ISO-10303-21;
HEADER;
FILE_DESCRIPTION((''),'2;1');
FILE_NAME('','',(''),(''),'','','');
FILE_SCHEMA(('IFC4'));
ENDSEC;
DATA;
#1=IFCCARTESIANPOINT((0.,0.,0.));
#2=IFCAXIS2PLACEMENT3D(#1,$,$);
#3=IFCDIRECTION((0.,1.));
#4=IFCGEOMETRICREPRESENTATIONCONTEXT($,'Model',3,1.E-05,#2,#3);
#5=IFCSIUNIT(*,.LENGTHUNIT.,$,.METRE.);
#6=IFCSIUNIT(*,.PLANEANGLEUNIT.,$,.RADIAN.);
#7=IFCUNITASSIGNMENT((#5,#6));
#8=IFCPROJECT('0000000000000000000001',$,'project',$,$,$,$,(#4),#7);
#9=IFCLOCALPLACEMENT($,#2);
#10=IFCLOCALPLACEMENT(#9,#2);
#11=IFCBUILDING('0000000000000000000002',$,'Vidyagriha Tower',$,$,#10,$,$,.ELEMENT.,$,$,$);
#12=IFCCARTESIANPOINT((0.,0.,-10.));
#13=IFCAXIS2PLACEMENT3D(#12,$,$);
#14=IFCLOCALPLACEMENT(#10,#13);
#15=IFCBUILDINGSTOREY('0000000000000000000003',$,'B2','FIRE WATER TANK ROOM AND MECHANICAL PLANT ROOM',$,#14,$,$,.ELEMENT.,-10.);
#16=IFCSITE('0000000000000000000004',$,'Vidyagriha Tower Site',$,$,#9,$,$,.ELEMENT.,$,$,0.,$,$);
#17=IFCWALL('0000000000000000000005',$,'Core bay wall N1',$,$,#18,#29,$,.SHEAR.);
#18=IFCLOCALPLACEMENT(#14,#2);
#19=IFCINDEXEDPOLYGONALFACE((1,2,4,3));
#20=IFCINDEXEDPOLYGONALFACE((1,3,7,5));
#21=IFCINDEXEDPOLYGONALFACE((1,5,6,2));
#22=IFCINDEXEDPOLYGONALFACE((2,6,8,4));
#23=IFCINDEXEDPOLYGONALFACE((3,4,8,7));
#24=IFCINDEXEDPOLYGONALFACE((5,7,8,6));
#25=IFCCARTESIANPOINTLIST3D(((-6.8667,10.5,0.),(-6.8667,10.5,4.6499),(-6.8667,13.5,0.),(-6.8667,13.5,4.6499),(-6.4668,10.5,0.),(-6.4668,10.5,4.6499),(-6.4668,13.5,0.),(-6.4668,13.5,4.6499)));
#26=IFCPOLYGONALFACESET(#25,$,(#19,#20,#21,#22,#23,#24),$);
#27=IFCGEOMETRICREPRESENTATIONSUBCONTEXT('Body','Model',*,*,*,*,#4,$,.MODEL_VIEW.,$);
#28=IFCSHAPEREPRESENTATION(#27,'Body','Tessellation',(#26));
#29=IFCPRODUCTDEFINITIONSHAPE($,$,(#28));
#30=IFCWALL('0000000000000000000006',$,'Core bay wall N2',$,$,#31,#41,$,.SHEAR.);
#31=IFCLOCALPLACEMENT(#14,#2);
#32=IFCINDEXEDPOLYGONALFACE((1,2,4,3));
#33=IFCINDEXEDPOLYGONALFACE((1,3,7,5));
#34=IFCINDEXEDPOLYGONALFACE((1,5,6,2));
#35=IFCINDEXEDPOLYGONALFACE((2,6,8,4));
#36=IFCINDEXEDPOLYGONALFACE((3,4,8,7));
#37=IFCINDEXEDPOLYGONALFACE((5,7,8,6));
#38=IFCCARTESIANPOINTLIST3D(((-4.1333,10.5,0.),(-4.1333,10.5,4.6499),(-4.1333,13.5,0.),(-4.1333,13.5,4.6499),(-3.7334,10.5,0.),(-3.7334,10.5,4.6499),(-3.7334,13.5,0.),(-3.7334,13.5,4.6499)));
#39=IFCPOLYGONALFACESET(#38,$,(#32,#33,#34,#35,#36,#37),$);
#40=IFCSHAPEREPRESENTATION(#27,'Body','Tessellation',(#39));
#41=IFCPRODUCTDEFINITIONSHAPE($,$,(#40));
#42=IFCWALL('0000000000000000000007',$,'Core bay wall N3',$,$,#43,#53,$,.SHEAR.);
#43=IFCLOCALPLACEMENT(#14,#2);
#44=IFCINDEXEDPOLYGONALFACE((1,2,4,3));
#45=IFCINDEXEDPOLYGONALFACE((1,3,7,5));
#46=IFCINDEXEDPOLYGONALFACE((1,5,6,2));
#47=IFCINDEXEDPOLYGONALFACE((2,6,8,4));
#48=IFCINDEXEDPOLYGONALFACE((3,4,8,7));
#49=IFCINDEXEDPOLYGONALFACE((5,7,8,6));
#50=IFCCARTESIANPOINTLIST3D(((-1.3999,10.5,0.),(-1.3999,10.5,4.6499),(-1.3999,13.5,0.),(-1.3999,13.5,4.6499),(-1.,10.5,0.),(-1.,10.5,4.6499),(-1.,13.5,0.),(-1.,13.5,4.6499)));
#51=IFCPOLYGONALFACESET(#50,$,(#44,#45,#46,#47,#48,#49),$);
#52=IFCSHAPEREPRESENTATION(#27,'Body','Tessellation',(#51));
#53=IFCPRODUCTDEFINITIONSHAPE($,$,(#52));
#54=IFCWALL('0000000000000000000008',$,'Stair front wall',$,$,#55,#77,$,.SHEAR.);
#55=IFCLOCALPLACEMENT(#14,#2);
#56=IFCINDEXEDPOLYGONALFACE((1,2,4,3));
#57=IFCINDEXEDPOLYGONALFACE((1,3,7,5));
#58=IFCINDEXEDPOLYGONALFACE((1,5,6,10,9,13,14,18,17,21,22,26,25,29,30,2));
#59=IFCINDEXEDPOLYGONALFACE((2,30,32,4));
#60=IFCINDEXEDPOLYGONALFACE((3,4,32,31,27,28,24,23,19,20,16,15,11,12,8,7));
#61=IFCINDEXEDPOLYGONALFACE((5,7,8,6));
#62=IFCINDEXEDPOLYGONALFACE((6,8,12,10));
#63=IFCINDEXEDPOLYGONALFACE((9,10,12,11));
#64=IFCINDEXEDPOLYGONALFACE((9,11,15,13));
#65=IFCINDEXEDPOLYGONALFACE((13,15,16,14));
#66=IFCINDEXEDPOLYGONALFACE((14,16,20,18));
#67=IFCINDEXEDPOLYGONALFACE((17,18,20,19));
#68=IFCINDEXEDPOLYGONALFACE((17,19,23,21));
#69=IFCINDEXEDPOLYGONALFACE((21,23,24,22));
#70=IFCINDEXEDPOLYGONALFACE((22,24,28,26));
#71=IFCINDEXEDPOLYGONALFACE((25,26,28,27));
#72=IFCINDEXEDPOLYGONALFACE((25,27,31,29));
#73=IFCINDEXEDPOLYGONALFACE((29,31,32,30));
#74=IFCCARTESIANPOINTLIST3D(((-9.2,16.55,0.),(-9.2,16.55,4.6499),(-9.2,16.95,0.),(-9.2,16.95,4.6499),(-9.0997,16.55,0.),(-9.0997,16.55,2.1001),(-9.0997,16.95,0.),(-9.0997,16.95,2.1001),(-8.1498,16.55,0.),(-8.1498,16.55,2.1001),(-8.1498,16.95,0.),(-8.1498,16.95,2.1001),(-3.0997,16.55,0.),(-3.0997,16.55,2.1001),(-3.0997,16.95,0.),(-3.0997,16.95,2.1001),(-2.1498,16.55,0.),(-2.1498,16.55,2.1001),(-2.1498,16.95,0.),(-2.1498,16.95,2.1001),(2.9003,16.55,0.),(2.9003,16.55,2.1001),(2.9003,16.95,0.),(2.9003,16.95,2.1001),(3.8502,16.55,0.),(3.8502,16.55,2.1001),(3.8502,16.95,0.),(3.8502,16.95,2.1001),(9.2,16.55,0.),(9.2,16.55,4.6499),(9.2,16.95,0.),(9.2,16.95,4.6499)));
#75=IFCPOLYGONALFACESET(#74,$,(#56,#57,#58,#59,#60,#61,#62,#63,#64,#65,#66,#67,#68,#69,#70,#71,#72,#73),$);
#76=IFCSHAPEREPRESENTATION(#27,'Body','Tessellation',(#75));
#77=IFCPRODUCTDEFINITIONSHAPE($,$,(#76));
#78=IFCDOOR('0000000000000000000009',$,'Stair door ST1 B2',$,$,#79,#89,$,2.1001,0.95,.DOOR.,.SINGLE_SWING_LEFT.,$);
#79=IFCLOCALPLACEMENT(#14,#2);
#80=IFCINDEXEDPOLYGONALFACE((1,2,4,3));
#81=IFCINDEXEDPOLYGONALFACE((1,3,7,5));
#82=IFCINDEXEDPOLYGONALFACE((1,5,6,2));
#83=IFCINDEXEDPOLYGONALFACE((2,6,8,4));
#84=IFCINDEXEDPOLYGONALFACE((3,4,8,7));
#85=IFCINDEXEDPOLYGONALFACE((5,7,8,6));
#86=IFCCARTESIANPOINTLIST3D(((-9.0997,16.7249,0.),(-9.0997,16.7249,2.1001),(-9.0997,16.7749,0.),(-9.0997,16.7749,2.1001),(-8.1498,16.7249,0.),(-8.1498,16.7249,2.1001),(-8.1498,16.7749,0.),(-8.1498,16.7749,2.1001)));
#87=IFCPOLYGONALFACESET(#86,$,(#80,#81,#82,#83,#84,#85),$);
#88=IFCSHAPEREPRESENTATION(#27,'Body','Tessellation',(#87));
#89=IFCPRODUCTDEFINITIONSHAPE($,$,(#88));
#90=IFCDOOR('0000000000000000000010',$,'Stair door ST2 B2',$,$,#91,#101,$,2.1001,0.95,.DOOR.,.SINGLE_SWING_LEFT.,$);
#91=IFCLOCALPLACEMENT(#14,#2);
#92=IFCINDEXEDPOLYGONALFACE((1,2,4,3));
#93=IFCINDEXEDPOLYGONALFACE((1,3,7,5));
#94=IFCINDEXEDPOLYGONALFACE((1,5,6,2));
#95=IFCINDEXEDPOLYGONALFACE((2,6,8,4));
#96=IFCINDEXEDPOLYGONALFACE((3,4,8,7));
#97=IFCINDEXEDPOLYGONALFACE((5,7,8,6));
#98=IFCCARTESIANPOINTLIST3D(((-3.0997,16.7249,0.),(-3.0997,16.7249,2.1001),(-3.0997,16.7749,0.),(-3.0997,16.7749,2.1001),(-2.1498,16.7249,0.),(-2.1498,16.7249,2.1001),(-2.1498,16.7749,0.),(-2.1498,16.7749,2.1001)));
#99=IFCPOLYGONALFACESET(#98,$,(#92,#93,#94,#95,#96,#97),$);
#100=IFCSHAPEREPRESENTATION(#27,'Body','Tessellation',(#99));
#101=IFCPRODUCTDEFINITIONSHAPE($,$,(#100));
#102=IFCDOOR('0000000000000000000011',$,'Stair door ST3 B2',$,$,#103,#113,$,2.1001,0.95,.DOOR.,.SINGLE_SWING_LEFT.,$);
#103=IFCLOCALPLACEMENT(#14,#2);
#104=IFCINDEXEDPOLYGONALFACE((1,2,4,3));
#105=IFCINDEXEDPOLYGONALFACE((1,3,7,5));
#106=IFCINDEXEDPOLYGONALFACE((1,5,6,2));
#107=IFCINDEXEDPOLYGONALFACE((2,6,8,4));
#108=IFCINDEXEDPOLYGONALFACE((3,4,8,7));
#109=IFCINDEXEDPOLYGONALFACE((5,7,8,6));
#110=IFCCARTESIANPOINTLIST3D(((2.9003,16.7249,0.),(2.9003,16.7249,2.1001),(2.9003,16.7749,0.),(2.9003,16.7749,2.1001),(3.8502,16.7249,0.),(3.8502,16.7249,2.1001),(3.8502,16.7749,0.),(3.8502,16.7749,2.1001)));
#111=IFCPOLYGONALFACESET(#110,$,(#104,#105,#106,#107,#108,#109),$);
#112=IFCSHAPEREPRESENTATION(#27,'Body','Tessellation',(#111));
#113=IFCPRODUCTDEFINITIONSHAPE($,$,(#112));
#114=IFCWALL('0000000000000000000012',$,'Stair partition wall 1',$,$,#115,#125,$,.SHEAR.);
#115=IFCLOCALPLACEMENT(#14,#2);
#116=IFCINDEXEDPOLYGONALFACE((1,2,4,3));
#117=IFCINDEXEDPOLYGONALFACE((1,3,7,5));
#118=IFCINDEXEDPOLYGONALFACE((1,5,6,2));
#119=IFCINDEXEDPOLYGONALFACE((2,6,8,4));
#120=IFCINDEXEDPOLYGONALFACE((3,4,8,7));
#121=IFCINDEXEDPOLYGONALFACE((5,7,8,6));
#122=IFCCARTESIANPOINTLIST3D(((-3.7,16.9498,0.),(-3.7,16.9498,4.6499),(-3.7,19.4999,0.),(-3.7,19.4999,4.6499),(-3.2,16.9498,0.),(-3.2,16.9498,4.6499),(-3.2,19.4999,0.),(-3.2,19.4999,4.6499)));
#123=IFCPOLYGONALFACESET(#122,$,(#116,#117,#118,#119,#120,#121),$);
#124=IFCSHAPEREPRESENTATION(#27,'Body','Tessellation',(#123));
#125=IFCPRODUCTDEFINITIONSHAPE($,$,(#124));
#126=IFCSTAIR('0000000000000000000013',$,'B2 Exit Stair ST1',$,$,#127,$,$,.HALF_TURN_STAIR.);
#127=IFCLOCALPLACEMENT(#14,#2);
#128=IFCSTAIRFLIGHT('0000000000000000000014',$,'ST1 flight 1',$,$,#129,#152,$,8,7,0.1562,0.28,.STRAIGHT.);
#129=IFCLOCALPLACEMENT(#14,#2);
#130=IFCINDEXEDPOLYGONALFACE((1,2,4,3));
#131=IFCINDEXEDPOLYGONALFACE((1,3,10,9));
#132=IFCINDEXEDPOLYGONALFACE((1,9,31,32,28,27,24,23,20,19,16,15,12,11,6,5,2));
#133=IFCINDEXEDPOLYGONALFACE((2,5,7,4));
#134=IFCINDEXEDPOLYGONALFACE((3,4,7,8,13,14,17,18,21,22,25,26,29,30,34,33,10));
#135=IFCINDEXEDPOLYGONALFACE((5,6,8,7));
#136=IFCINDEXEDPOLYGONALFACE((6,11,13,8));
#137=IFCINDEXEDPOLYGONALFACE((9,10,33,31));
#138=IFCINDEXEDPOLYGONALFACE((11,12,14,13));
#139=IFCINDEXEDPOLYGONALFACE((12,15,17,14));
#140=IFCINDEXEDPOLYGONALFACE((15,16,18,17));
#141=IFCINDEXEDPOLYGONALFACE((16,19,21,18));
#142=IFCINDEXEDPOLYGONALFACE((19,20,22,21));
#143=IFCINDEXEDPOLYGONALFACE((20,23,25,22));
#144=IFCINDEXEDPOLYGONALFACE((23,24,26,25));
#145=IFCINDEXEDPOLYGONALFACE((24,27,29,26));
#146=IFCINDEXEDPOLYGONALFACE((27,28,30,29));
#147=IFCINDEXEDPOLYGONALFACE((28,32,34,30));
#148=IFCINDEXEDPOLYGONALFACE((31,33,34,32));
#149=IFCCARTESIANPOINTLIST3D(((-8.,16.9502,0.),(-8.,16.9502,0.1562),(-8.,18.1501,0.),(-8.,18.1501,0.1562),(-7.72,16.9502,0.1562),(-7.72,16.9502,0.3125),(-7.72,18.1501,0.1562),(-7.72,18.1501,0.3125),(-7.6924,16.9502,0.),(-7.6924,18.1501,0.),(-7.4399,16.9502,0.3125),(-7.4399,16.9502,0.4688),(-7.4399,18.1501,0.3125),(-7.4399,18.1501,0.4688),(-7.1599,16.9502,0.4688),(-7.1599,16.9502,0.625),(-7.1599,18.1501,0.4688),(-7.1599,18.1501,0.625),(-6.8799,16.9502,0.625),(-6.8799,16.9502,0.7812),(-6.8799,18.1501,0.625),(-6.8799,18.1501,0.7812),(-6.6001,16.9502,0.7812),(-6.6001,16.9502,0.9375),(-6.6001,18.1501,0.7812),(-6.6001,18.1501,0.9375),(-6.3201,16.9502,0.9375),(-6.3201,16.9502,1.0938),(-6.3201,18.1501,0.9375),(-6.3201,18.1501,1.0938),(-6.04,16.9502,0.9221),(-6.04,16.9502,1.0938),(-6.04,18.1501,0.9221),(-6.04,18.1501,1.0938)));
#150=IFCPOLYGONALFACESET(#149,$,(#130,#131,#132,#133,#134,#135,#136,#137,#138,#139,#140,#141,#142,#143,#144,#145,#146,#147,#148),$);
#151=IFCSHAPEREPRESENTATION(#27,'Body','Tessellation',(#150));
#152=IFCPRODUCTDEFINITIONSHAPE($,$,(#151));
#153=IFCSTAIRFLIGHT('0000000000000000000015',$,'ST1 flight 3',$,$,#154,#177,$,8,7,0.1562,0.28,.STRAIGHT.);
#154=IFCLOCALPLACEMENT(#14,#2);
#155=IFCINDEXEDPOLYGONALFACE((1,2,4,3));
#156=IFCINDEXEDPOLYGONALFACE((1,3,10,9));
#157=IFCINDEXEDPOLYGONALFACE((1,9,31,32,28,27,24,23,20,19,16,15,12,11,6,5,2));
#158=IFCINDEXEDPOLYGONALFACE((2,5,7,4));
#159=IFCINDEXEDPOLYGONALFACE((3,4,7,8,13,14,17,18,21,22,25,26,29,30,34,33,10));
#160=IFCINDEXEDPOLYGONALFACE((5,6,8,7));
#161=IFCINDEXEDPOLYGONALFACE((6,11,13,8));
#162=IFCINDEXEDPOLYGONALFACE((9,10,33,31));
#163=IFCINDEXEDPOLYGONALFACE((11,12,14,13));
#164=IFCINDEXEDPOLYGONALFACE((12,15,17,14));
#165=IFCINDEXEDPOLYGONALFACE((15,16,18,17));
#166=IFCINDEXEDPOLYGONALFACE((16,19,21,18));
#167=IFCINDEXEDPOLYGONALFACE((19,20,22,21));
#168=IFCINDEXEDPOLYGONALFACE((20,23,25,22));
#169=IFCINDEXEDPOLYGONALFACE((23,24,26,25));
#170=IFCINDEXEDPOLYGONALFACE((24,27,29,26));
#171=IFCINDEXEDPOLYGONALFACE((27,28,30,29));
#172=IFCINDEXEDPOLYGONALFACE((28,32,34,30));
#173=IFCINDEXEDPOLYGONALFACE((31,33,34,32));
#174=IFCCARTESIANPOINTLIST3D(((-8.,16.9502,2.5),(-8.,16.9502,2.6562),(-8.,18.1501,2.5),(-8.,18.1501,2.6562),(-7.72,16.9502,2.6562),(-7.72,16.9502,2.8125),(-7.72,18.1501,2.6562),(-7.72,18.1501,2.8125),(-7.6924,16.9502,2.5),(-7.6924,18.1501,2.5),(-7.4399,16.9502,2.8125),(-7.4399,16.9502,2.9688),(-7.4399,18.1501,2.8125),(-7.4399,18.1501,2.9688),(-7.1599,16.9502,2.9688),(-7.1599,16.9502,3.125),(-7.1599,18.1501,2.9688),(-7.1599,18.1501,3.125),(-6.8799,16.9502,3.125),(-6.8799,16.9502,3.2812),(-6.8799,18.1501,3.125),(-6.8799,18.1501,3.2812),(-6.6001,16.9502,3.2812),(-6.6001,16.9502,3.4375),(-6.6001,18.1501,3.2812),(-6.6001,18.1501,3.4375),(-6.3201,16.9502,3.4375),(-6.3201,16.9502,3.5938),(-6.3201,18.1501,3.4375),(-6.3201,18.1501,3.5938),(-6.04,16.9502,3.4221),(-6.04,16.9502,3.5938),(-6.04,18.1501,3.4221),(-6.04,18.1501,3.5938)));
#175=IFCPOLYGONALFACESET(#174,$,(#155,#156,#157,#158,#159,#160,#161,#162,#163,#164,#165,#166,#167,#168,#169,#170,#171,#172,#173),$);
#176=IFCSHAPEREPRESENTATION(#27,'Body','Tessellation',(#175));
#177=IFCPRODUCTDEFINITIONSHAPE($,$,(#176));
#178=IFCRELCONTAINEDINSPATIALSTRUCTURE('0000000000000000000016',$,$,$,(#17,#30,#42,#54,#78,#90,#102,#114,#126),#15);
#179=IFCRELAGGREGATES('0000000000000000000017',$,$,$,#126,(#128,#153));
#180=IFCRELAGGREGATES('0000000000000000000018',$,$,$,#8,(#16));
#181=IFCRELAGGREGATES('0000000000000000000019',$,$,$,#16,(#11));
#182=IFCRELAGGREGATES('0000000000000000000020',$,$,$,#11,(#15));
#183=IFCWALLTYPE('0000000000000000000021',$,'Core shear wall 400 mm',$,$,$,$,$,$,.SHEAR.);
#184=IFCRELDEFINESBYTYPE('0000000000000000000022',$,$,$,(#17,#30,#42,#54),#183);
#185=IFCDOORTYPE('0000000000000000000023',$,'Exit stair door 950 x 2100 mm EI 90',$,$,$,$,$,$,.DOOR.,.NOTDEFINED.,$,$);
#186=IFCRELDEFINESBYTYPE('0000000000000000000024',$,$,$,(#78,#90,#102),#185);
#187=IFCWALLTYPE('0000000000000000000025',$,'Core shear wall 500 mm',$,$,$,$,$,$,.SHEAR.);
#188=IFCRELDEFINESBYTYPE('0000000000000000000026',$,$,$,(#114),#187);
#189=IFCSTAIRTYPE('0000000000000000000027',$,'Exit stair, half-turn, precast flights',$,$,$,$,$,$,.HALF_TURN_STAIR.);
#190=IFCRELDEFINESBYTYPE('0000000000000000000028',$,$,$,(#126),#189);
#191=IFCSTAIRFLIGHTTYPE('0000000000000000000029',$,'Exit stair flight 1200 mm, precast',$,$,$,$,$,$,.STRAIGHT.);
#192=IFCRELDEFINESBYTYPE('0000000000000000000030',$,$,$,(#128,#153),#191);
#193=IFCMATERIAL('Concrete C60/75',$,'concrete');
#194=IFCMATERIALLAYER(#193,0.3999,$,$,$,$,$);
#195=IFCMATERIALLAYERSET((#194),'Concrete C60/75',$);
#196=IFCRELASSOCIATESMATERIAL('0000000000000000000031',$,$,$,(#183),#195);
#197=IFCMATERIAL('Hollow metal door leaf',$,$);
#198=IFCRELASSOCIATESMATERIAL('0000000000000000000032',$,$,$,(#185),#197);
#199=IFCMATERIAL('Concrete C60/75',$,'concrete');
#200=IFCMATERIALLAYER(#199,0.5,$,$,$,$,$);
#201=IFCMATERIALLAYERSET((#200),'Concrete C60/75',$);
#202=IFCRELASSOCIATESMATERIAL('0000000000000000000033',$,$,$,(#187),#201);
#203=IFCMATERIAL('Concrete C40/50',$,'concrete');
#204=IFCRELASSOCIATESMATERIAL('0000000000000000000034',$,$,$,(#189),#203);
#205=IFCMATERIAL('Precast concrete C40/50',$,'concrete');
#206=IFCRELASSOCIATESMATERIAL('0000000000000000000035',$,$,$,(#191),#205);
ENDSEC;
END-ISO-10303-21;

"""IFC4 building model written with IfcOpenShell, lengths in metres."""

from ifc_helpers import new_model, si_unit, direction, frame, frame_2d, origin, place, context, subcontext, project, spatial, polyline, rectangle, outline, extrude, material, layer, layer_set, type_object, element, fill, aggregate, save


model = new_model("IFC4")

# Units and contexts
model_context = context("Model", 3, precision=1e-05, world=origin(), true_north=direction((0.0, 1.0)))
body_context = subcontext(model_context, "Body", "Model", "MODEL_VIEW")
ifc_project = project(units=[si_unit("LENGTHUNIT", "METRE"), si_unit("PLANEANGLEUNIT", "RADIAN")], contexts=[model_context])

# Site, building, storey
site_placement = place(None, origin())
site = spatial("IfcSite", under=ifc_project, at=site_placement, Name="Vidyagriha Tower Site", CompositionType="ELEMENT", RefElevation=0.0)
building_placement = place(site_placement, origin())
building = spatial("IfcBuilding", under=site, at=building_placement, Name="Vidyagriha Tower", CompositionType="ELEMENT")
storey_placement = place(building_placement, frame((0.0, 0.0, -10.0)))
storey = spatial("IfcBuildingStorey", under=building, at=storey_placement, Name="B2", Description="FIRE WATER TANK ROOM AND MECHANICAL PLANT ROOM", CompositionType="ELEMENT", Elevation=-10.0)

# Shared definitions
ifc_material_1 = material(Name="Concrete C60/75", Category="concrete")
ifc_layer_1 = layer(ifc_material_1, 0.3999)
ifc_layer_set_1 = layer_set([ifc_layer_1], Name="Concrete C60/75")
wall_type_1 = type_object("IfcWallType", Name="Core shear wall 400 mm", PredefinedType="SHEAR", material=ifc_layer_set_1)

# Walls
for number, where, z_axis, x_axis, name in (
    (1, (-6.6667, 10.5, 0.0), (0.0, 0.0, 1.0), (0.0, 1.0, 0.0), "Core bay wall N1"),
    (2, (-3.9333, 10.5, 0.0), (0.0, 0.0, 1.0), (0.0, 1.0, 0.0), "Core bay wall N2"),
    (3, (-1.2, 10.5, 0.0), (0.0, 0.0, 1.0), (0.0, 1.0, 0.0), "Core bay wall N3"),
):
    element("IfcWall", number, at=place(storey_placement, frame(where, z_axis=z_axis, x_axis=x_axis)), inside=storey, type_object=wall_type_1, Name=name, PredefinedType="SHEAR", context=body_context, shape_type="SweptSolid", body=[
        extrude(rectangle(XDim=3.0, YDim=0.3999, at=frame_2d((1.5, 0.0))), origin(), (0.0, 0.0, 1.0), 4.6499),
    ])

# Wall, openings, doors
wall_1_placement = place(storey_placement, frame((-9.2, 16.75, 0.0)))
wall_1 = element("IfcWall", 4, at=wall_1_placement, inside=storey, type_object=wall_type_1, Name="Stair front wall", PredefinedType="SHEAR", context=body_context, shape_type="SweptSolid", body=[
    extrude(rectangle(XDim=18.3999, YDim=0.3999, at=frame_2d((9.2, 0.0))), origin(), (0.0, 0.0, 1.0), 4.6499),
])
opening_1_placement = place(wall_1_placement, frame((0.1001, 0.0, 0.0)))
opening_1 = element("IfcOpeningElement", 5, at=opening_1_placement, cuts=wall_1, PredefinedType="OPENING", context=body_context, shape_type="SweptSolid", body=[
    extrude(rectangle(XDim=0.95, YDim=2.1001, at=frame_2d((0.4751, 1.05))), frame((0.0, 0.21, 0.0), z_axis=(0.0, -1.0, 0.0), x_axis=(1.0, 0.0, 0.0)), (0.0, 0.0, 1.0), 0.4199),
])
opening_2_placement = place(wall_1_placement, frame((6.1001, 0.0, 0.0)))
opening_2 = element("IfcOpeningElement", 6, at=opening_2_placement, cuts=wall_1, PredefinedType="OPENING", context=body_context, shape_type="SweptSolid", body=[
    extrude(rectangle(XDim=0.95, YDim=2.1001, at=frame_2d((0.4751, 1.05))), frame((0.0, 0.21, 0.0), z_axis=(0.0, -1.0, 0.0), x_axis=(1.0, 0.0, 0.0)), (0.0, 0.0, 1.0), 0.4199),
])
opening_3_placement = place(wall_1_placement, frame((12.1001, 0.0, 0.0)))
opening_3 = element("IfcOpeningElement", 7, at=opening_3_placement, cuts=wall_1, PredefinedType="OPENING", context=body_context, shape_type="SweptSolid", body=[
    extrude(rectangle(XDim=0.95, YDim=2.1001, at=frame_2d((0.4751, 1.05))), frame((0.0, 0.21, 0.0), z_axis=(0.0, -1.0, 0.0), x_axis=(1.0, 0.0, 0.0)), (0.0, 0.0, 1.0), 0.4199),
])
ifc_material_2 = material(Name="Hollow metal door leaf")
door_type_1 = type_object("IfcDoorType", Name="Exit stair door 950 x 2100 mm EI 90", OperationType="NOTDEFINED", PredefinedType="DOOR", material=ifc_material_2)
door_1_placement = place(opening_1_placement, origin())
door_1 = element("IfcDoor", 8, at=door_1_placement, inside=storey, type_object=door_type_1, Name="Stair door ST1 B2", OperationType="SINGLE_SWING_LEFT", OverallHeight=2.1001, OverallWidth=0.95, PredefinedType="DOOR", context=body_context, shape_type="SweptSolid", body=[
    extrude(rectangle(XDim=0.95, YDim=2.1001, at=frame_2d((0.4751, 1.05))), frame((0.0, 0.0249, 0.0), z_axis=(0.0, -1.0, 0.0), x_axis=(1.0, 0.0, 0.0)), (0.0, 0.0, 1.0), 0.05),
])
fill(opening_1, door_1)
door_2_placement = place(opening_2_placement, origin())
door_2 = element("IfcDoor", 9, at=door_2_placement, inside=storey, type_object=door_type_1, Name="Stair door ST2 B2", OperationType="SINGLE_SWING_LEFT", OverallHeight=2.1001, OverallWidth=0.95, PredefinedType="DOOR", context=body_context, shape_type="SweptSolid", body=[
    extrude(rectangle(XDim=0.95, YDim=2.1001, at=frame_2d((0.4751, 1.05))), frame((0.0, 0.0249, 0.0), z_axis=(0.0, -1.0, 0.0), x_axis=(1.0, 0.0, 0.0)), (0.0, 0.0, 1.0), 0.05),
])
fill(opening_2, door_2)
door_3_placement = place(opening_3_placement, origin())
door_3 = element("IfcDoor", 10, at=door_3_placement, inside=storey, type_object=door_type_1, Name="Stair door ST3 B2", OperationType="SINGLE_SWING_LEFT", OverallHeight=2.1001, OverallWidth=0.95, PredefinedType="DOOR", context=body_context, shape_type="SweptSolid", body=[
    extrude(rectangle(XDim=0.95, YDim=2.1001, at=frame_2d((0.4751, 1.05))), frame((0.0, 0.0249, 0.0), z_axis=(0.0, -1.0, 0.0), x_axis=(1.0, 0.0, 0.0)), (0.0, 0.0, 1.0), 0.05),
])
fill(opening_3, door_3)

# Wall
ifc_material_3 = material(Name="Concrete C60/75", Category="concrete")
ifc_layer_2 = layer(ifc_material_3, 0.5)
ifc_layer_set_2 = layer_set([ifc_layer_2], Name="Concrete C60/75")
wall_type_2 = type_object("IfcWallType", Name="Core shear wall 500 mm", PredefinedType="SHEAR", material=ifc_layer_set_2)
wall_2_placement = place(storey_placement, frame((-3.45, 16.95, 0.0), z_axis=(0.0, 0.0, 1.0), x_axis=(0.0, 1.0, 0.0)))
element("IfcWall", 11, at=wall_2_placement, inside=storey, type_object=wall_type_2, Name="Stair partition wall 1", PredefinedType="SHEAR", context=body_context, shape_type="SweptSolid", body=[
    extrude(rectangle(XDim=2.55, YDim=0.5, at=frame_2d((1.2749, 0.0))), origin(), (0.0, 0.0, 1.0), 4.6499),
])

# Stair, stair flights
ifc_material_4 = material(Name="Concrete C40/50", Category="concrete")
stair_type = type_object("IfcStairType", Name="Exit stair, half-turn, precast flights", PredefinedType="HALF_TURN_STAIR", material=ifc_material_4)
stair_placement = place(storey_placement, origin())
stair = element("IfcStair", 12, at=stair_placement, inside=storey, type_object=stair_type, Name="B2 Exit Stair ST1", PredefinedType="HALF_TURN_STAIR")
ifc_material_5 = material(Name="Precast concrete C40/50", Category="concrete")
stair_flight_type = type_object("IfcStairFlightType", Name="Exit stair flight 1200 mm, precast", PredefinedType="STRAIGHT", material=ifc_material_5)
stair_flight_1_placement = place(storey_placement, frame((-8.0, 17.55, 0.0)))
stair_flight_1 = element("IfcStairFlight", 13, at=stair_flight_1_placement, type_object=stair_flight_type, Name="ST1 flight 1", NumberOfRisers=8, NumberOfTreads=7, PredefinedType="STRAIGHT", RiserHeight=0.1562, TreadLength=0.28, context=body_context, shape_type="SweptSolid", body=[
    extrude(outline(polyline([(0.0, 0.0), (0.0, 0.1562), (0.28, 0.1562), (0.28, 0.3125), (0.5601, 0.3125), (0.5601, 0.4688), (0.8401, 0.4688), (0.8401, 0.625), (1.1201, 0.625), (1.1201, 0.7812), (1.3999, 0.7812), (1.3999, 0.9375), (1.6799, 0.9375), (1.6799, 1.0938), (1.96, 1.0938), (1.96, 1.25), (1.96, 0.9221), (0.3076, 0.0), (0.0, 0.0)])), frame((0.0, 0.6001, 0.0), z_axis=(0.0, -1.0, 0.0), x_axis=(1.0, 0.0, 0.0)), (0.0, 0.0, 1.0), 1.2),
])
stair_flight_2_placement = place(storey_placement, frame((-8.0, 17.55, 2.5)))
stair_flight_2 = element("IfcStairFlight", 14, at=stair_flight_2_placement, type_object=stair_flight_type, Name="ST1 flight 3", NumberOfRisers=8, NumberOfTreads=7, PredefinedType="STRAIGHT", RiserHeight=0.1562, TreadLength=0.28, context=body_context, shape_type="SweptSolid", body=[
    extrude(outline(polyline([(0.0, 0.0), (0.0, 0.1562), (0.28, 0.1562), (0.28, 0.3125), (0.5601, 0.3125), (0.5601, 0.4688), (0.8401, 0.4688), (0.8401, 0.625), (1.1201, 0.625), (1.1201, 0.7812), (1.3999, 0.7812), (1.3999, 0.9375), (1.6799, 0.9375), (1.6799, 1.0938), (1.96, 1.0938), (1.96, 1.25), (1.96, 0.9221), (0.3076, 0.0), (0.0, 0.0)])), frame((0.0, 0.6001, 0.0), z_axis=(0.0, -1.0, 0.0), x_axis=(1.0, 0.0, 0.0)), (0.0, 0.0, 1.0), 1.2),
])
aggregate(stair, [stair_flight_1, stair_flight_2])

save(model, "model.ifc")
